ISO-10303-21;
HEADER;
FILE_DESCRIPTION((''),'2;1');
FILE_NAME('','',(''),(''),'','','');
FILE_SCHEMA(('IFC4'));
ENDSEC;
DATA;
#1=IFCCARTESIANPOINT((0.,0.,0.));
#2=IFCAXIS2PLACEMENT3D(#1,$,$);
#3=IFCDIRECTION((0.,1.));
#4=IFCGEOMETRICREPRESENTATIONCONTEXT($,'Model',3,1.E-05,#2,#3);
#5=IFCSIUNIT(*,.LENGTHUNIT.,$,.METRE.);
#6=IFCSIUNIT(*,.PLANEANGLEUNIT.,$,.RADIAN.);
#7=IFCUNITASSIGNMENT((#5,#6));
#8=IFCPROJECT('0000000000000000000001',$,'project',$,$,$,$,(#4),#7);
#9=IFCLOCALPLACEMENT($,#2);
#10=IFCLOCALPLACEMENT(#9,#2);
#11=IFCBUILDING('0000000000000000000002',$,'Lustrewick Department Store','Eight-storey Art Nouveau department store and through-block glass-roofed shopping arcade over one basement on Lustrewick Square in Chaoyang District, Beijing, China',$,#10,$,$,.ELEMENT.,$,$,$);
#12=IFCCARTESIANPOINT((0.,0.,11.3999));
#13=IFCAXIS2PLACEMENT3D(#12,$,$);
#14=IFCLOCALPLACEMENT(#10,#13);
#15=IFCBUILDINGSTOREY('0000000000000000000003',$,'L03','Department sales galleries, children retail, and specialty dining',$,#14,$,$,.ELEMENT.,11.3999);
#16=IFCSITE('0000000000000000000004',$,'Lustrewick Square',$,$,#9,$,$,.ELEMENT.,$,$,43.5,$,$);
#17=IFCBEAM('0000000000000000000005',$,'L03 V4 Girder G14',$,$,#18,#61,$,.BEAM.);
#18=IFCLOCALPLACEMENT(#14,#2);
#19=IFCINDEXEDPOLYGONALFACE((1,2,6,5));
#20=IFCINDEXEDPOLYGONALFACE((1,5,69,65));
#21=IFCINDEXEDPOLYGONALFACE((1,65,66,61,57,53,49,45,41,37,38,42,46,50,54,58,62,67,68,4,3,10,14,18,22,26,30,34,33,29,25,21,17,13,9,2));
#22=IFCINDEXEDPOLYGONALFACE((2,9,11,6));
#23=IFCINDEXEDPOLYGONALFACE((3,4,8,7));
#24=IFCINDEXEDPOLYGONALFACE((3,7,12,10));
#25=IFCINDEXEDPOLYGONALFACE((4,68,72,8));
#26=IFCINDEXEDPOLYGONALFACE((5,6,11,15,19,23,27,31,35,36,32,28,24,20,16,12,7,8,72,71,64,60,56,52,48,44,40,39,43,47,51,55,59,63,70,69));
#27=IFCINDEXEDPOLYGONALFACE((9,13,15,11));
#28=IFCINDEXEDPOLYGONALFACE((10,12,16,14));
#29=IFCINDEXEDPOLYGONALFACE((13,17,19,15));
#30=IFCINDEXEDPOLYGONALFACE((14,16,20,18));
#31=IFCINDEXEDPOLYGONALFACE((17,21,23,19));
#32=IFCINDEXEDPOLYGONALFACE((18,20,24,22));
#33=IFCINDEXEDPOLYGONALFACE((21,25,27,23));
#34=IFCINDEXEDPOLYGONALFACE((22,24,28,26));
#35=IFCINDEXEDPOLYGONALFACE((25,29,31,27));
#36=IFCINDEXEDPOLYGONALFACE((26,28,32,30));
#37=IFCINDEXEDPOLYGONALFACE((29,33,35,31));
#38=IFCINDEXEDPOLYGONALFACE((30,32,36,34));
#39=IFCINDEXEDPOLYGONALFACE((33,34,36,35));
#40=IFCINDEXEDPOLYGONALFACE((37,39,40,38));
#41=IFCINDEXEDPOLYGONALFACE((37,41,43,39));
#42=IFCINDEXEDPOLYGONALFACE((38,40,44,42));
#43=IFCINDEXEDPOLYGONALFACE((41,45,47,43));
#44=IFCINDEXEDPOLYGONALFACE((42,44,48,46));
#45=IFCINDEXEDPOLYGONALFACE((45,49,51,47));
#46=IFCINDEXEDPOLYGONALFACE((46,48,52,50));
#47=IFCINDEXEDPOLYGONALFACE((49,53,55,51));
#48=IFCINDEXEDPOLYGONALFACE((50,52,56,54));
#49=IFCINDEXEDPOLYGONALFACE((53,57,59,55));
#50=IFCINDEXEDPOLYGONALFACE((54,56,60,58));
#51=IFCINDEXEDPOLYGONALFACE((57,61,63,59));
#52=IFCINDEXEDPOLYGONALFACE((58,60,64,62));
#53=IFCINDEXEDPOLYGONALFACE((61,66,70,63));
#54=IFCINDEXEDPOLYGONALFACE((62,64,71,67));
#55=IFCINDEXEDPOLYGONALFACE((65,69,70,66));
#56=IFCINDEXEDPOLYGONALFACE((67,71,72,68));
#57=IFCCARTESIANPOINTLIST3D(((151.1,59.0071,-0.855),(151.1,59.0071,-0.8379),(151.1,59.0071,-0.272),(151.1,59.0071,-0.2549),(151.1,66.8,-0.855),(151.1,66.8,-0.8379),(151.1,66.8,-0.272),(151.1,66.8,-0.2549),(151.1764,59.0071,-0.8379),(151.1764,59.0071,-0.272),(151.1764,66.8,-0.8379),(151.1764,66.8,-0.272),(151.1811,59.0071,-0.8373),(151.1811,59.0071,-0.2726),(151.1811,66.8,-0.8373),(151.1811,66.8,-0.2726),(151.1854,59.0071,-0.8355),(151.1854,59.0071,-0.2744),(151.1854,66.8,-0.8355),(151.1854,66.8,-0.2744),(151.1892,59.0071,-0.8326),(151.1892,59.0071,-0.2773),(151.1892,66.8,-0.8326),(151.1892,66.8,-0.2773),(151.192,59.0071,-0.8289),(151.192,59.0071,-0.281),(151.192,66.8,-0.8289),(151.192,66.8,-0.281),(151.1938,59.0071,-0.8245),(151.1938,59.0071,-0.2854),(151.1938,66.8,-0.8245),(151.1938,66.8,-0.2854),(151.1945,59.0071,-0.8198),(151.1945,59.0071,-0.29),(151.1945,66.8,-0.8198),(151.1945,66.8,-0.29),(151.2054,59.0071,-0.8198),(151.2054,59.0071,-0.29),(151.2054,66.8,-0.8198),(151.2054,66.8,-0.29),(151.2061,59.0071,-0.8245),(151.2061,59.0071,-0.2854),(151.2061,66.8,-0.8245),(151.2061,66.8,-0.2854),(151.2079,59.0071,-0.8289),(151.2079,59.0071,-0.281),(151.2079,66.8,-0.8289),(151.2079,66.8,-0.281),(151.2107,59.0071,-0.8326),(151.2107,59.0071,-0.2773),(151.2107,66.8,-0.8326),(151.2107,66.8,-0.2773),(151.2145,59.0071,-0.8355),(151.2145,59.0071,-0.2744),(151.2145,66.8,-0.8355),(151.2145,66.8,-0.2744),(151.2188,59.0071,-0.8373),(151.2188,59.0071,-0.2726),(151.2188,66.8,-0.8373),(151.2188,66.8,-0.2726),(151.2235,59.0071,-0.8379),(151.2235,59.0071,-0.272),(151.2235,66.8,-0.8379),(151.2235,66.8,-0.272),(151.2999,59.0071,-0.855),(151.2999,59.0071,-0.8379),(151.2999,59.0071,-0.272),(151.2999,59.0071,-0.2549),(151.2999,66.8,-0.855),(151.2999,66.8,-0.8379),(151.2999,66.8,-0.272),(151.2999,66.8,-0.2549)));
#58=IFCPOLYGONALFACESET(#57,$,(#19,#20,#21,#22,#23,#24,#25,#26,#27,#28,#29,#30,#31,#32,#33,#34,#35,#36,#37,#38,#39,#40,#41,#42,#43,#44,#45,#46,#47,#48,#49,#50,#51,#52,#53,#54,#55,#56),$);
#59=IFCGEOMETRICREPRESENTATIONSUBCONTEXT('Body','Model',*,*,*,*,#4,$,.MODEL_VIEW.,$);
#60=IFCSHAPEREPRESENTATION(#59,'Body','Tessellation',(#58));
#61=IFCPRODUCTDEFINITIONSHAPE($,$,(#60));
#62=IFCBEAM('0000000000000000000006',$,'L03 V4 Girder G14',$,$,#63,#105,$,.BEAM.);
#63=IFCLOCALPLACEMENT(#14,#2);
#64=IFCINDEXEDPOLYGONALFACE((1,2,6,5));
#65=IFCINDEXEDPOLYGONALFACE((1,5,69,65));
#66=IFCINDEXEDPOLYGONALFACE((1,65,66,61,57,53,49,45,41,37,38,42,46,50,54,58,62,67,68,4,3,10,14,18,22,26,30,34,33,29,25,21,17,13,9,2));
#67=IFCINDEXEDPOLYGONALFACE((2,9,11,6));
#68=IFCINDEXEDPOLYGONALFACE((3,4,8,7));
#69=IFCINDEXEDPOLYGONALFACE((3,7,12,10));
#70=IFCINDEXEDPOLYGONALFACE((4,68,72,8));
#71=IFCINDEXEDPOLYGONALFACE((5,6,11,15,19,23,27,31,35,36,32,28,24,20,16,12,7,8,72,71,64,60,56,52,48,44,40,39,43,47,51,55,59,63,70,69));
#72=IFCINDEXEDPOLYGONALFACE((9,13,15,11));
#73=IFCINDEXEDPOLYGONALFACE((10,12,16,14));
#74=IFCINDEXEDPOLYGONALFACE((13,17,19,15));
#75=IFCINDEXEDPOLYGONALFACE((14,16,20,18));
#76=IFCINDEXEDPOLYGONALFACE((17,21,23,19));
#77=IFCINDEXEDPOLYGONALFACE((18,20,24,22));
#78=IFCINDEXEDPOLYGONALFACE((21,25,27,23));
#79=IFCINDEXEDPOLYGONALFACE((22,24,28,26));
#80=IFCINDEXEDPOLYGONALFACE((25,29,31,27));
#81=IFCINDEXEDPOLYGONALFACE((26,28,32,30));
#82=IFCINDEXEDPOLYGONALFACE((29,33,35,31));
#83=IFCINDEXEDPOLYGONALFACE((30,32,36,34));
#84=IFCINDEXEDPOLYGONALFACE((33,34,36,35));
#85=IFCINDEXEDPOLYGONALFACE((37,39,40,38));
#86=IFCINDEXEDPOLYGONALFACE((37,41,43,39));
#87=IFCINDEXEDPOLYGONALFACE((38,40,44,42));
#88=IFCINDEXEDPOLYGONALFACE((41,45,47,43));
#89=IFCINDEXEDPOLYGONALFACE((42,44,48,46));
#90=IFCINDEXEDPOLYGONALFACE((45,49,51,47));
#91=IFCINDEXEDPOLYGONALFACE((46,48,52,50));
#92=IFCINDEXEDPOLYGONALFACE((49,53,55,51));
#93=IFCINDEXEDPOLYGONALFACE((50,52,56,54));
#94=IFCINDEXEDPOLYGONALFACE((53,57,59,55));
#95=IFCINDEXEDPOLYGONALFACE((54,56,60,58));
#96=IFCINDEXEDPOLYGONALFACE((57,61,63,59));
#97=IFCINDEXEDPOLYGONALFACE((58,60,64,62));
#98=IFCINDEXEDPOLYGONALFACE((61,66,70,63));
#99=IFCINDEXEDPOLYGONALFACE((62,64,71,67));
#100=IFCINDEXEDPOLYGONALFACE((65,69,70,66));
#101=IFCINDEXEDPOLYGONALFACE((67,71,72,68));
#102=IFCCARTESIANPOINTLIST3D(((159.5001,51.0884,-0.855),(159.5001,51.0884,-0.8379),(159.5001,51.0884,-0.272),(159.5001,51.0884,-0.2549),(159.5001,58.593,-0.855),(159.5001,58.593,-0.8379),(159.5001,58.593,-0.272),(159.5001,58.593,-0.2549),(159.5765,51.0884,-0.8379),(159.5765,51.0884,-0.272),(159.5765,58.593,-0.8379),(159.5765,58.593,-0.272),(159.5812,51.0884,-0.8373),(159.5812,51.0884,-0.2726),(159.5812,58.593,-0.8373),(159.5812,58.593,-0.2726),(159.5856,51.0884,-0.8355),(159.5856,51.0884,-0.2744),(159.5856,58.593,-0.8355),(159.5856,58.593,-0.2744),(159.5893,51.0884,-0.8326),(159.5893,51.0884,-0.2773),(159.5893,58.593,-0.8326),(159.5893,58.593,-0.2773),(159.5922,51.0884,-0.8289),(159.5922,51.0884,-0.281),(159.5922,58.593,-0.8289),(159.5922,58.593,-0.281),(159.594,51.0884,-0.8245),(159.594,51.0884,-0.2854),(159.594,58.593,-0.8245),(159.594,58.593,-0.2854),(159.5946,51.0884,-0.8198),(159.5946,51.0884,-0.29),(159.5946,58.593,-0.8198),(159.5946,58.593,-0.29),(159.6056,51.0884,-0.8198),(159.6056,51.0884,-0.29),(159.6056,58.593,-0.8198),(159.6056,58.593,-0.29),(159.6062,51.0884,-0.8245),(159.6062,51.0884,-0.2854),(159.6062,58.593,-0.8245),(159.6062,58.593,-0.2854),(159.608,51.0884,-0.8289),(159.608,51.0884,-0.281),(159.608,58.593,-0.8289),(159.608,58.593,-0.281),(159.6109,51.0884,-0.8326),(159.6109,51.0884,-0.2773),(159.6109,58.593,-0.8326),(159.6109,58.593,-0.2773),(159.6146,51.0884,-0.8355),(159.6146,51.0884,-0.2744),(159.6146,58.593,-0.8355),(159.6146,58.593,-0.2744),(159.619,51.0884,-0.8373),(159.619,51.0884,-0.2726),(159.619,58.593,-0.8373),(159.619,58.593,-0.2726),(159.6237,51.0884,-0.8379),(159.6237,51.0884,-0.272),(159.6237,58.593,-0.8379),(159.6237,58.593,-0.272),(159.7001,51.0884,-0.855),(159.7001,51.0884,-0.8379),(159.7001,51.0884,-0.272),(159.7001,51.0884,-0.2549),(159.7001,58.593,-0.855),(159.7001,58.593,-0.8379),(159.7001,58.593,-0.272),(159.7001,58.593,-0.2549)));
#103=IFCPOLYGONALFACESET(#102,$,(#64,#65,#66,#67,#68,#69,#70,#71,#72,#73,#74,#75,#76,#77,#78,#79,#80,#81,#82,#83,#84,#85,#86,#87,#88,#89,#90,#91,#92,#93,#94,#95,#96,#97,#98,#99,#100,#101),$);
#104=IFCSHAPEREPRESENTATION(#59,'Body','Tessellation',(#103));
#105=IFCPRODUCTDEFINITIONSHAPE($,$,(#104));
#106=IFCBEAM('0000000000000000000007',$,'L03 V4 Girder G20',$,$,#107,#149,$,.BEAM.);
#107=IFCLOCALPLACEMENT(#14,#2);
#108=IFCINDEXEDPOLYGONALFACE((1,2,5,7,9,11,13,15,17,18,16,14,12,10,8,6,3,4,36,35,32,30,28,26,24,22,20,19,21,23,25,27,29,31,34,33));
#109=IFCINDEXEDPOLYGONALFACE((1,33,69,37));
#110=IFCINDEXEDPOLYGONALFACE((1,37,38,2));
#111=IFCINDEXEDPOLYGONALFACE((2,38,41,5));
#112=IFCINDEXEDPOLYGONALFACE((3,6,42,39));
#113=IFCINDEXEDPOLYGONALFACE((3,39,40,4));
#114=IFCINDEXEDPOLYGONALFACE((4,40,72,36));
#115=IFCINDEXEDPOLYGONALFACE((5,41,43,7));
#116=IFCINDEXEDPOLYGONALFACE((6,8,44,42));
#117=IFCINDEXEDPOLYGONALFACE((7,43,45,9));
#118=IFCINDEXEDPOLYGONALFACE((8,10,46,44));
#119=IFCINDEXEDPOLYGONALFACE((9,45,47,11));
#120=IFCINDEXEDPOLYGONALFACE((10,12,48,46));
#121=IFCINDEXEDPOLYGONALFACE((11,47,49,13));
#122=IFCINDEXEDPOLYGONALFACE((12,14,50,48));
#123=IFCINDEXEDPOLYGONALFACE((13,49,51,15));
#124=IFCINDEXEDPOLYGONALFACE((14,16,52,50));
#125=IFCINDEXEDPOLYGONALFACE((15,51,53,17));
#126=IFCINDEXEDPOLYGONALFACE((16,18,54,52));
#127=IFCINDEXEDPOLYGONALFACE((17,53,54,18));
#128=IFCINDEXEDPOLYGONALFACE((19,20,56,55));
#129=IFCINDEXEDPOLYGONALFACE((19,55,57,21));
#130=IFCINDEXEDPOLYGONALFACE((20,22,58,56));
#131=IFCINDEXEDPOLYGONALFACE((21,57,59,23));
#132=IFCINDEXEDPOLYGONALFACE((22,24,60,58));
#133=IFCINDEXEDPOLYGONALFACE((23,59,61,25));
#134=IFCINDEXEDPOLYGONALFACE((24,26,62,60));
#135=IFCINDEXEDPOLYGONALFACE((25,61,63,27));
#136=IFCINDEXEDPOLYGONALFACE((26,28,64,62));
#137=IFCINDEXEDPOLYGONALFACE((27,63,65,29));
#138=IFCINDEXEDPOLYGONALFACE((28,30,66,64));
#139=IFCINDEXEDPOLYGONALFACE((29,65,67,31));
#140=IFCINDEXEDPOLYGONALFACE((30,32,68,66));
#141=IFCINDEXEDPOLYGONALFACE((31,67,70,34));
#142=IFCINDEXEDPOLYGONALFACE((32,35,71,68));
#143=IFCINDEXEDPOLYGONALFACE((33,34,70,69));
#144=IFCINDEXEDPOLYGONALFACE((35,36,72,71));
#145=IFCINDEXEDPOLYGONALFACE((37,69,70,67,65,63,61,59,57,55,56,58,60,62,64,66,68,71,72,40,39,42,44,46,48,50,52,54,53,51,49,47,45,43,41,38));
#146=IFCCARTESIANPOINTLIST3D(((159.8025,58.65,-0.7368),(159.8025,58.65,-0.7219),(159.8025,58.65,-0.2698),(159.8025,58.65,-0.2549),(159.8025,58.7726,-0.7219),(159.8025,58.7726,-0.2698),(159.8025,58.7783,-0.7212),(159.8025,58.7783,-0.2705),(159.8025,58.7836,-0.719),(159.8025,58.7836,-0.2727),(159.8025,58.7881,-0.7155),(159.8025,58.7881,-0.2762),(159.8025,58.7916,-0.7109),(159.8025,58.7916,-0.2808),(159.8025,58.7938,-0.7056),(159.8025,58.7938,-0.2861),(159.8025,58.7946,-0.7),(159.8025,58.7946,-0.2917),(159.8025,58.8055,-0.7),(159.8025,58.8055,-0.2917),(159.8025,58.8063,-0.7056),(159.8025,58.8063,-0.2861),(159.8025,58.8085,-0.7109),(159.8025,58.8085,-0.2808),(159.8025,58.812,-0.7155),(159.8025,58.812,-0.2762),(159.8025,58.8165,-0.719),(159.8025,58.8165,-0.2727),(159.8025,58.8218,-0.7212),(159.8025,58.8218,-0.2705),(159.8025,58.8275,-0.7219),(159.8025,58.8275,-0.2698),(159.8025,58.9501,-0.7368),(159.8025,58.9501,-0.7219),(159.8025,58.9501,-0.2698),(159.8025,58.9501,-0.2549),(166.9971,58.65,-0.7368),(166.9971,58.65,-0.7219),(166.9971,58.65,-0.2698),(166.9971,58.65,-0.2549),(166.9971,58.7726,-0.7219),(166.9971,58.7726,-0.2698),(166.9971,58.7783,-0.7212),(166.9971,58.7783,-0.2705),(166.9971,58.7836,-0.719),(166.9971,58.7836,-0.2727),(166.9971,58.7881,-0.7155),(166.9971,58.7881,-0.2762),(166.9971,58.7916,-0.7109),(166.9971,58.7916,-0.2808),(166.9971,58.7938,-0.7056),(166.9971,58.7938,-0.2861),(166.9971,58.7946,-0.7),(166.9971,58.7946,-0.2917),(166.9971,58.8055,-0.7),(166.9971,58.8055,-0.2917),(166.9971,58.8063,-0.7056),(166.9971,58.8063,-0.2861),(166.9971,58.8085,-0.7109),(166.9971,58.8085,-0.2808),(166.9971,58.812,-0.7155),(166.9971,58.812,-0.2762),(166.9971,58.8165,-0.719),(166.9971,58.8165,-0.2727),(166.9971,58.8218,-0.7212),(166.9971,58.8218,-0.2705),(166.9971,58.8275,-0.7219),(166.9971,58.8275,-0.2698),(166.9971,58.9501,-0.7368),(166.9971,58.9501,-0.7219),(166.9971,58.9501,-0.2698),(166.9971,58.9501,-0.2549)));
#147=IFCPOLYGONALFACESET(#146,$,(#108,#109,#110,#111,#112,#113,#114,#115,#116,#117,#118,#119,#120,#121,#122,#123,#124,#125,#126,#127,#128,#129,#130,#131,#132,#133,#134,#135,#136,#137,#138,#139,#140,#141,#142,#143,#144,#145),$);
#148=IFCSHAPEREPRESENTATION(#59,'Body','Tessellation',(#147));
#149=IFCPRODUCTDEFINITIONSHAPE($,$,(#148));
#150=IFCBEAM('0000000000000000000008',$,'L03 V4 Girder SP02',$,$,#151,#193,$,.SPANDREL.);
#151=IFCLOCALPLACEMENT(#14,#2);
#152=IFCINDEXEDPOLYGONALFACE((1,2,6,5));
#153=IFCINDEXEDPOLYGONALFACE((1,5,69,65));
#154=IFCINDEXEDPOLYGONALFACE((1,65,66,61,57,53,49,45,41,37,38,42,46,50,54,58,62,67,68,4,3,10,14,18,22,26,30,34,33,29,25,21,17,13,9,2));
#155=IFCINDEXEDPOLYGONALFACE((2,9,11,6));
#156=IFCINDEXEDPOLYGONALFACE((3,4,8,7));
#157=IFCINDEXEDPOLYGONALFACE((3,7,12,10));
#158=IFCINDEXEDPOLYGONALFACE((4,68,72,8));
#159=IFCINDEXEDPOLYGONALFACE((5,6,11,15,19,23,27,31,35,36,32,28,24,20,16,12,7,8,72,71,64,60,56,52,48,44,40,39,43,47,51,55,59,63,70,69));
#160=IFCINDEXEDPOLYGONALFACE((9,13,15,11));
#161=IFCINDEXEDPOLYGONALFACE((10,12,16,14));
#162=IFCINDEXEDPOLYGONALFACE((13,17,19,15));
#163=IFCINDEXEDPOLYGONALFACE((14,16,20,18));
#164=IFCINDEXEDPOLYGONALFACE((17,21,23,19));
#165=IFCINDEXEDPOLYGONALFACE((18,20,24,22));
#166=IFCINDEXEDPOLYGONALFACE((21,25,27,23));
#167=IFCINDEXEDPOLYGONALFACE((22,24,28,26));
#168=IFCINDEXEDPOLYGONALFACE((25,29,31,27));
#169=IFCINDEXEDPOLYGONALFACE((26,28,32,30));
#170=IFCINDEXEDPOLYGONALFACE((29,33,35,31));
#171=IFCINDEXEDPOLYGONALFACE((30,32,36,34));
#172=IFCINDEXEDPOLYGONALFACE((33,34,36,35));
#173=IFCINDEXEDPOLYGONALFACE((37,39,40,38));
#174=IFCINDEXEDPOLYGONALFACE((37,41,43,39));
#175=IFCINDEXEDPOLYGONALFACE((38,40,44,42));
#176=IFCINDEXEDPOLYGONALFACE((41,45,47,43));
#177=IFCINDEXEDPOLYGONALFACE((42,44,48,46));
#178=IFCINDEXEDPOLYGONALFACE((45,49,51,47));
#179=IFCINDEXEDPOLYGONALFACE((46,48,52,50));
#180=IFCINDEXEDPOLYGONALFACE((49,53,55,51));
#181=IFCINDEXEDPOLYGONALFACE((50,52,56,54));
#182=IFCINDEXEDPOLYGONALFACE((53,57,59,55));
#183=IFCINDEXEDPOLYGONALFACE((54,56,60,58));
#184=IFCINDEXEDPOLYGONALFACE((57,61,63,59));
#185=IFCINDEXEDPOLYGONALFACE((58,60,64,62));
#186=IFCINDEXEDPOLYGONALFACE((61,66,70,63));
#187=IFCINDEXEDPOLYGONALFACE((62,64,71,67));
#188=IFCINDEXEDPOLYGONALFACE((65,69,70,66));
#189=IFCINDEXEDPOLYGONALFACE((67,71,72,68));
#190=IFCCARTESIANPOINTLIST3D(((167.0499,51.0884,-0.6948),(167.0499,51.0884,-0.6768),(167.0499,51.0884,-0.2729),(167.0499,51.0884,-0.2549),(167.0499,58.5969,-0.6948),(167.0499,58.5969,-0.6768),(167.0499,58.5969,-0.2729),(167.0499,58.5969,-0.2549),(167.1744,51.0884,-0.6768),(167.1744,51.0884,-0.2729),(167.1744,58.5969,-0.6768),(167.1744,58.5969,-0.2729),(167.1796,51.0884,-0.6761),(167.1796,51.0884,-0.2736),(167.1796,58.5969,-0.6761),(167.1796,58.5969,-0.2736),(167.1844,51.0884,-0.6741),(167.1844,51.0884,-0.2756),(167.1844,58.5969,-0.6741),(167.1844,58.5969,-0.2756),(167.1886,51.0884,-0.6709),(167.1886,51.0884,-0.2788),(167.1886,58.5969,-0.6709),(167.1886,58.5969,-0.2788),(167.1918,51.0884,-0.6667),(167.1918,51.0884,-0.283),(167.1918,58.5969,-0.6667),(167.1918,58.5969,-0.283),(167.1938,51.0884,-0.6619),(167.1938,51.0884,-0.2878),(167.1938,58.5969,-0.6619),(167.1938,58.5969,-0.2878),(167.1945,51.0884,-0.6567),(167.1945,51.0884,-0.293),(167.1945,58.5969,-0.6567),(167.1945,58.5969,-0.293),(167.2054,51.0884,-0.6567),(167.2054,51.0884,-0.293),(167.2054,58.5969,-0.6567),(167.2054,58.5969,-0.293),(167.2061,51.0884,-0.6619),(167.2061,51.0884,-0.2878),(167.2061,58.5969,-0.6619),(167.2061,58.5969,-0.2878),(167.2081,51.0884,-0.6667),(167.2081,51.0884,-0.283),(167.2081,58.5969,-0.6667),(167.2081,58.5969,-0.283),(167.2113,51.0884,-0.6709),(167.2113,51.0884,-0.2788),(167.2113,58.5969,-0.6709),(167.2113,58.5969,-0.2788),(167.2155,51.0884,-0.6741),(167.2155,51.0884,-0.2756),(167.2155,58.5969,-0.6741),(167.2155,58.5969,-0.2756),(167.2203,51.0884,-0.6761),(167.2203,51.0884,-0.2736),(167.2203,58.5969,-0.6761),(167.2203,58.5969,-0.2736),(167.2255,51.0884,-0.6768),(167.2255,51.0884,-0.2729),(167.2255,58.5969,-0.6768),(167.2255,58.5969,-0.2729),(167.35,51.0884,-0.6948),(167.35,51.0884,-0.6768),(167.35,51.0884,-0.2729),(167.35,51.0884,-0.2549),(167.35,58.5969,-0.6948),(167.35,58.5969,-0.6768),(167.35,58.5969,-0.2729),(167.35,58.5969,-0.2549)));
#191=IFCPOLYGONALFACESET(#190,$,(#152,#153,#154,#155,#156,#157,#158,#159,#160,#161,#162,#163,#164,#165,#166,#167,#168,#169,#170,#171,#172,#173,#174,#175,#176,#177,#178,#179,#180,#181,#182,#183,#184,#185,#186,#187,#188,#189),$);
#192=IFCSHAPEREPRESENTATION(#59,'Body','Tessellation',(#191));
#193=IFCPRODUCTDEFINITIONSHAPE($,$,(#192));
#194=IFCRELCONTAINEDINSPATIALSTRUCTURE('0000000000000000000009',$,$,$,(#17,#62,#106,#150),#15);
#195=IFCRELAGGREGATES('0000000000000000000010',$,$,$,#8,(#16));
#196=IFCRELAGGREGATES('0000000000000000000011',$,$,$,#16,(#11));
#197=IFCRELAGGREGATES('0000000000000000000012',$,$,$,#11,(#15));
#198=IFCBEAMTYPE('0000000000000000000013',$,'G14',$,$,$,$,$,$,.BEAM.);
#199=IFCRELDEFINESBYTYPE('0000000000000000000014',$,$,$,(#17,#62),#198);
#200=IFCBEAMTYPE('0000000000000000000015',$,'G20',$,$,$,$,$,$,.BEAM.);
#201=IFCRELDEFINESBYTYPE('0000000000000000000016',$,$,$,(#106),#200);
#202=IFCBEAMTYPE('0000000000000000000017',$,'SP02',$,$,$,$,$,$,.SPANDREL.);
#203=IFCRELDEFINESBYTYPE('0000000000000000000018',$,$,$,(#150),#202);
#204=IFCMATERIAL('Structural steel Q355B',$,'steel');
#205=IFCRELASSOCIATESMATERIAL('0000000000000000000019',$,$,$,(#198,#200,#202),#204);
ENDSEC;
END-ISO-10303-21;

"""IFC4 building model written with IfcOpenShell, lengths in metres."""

from ifc_helpers import new_model, si_unit, direction, frame, origin, origin_2d, place, context, subcontext, project, spatial, i_section, extrude, material, material_profile, profile_set, type_object, element, save


model = new_model("IFC4")

# Units and contexts
model_context = context("Model", 3, precision=1e-05, world=origin(), true_north=direction((0.0, 1.0)))
body_context = subcontext(model_context, "Body", "Model", "MODEL_VIEW")
ifc_project = project(units=[si_unit("LENGTHUNIT", "METRE"), si_unit("PLANEANGLEUNIT", "RADIAN")], contexts=[model_context])

# Site, building, storey
site_placement = place(None, origin())
site = spatial("IfcSite", under=ifc_project, at=site_placement, Name="Lustrewick Square", CompositionType="ELEMENT", RefElevation=43.5)
building_placement = place(site_placement, origin())
building = spatial("IfcBuilding", under=site, at=building_placement, Name="Lustrewick Department Store", Description="Eight-storey Art Nouveau department store and through-block glass-roofed shopping arcade over one basement on Lustrewick Square in Chaoyang District, Beijing, China", CompositionType="ELEMENT")
storey_placement = place(building_placement, frame((0.0, 0.0, 11.3999)))
storey = spatial("IfcBuildingStorey", under=building, at=storey_placement, Name="L03", Description="Department sales galleries, children retail, and specialty dining", CompositionType="ELEMENT", Elevation=11.3999)

# Shared definitions
ifc_material_1 = material(Name="Structural steel Q355B", Category="steel")

# Beams
ifc_material_profile_1 = material_profile(ifc_material_1, i_section(OverallWidth=0.2, OverallDepth=0.6001, WebThickness=0.011, FlangeThickness=0.0171, FilletRadius=0.0181, at=origin_2d()), Name="HN 600x200x11x17")
ifc_profile_set_1 = profile_set([ifc_material_profile_1], Name="Structural steel Q355B")
beam_type_1 = type_object("IfcBeamType", Name="G14", PredefinedType="BEAM", material=ifc_profile_set_1)
beam_1_placement = place(storey_placement, frame((151.2, 59.0071, -0.5549), z_axis=(0.0, 1.0, 0.0), x_axis=(-1.0, 0.0, 0.0)))
element("IfcBeam", 1, at=beam_1_placement, inside=storey, type_object=beam_type_1, Name="L03 V4 Girder G14", PredefinedType="BEAM", context=body_context, shape_type="SweptSolid", body=[
    extrude(i_section(OverallWidth=0.2, OverallDepth=0.6001, WebThickness=0.011, FlangeThickness=0.0171, FilletRadius=0.0181, at=origin_2d()), origin(), (0.0, 0.0, 1.0), 7.793),
])
beam_2_placement = place(storey_placement, frame((159.6001, 51.0884, -0.5549), z_axis=(0.0, 1.0, 0.0), x_axis=(-1.0, 0.0, 0.0)))
element("IfcBeam", 2, at=beam_2_placement, inside=storey, type_object=beam_type_1, Name="L03 V4 Girder G14", PredefinedType="BEAM", context=body_context, shape_type="SweptSolid", body=[
    extrude(i_section(OverallWidth=0.2, OverallDepth=0.6001, WebThickness=0.011, FlangeThickness=0.0171, FilletRadius=0.0181, at=origin_2d()), origin(), (0.0, 0.0, 1.0), 7.5046),
])
ifc_material_profile_2 = material_profile(ifc_material_1, i_section(OverallWidth=0.3, OverallDepth=0.4819, WebThickness=0.011, FlangeThickness=0.0149, FilletRadius=0.022, at=origin_2d()), Name="HM 482x300x11x15")
ifc_profile_set_2 = profile_set([ifc_material_profile_2], Name="Structural steel Q355B")
beam_type_2 = type_object("IfcBeamType", Name="G20", PredefinedType="BEAM", material=ifc_profile_set_2)
beam_3_placement = place(storey_placement, frame((159.8025, 58.8, -0.4958), z_axis=(1.0, 0.0, 0.0), x_axis=(0.0, 1.0, 0.0)))
element("IfcBeam", 3, at=beam_3_placement, inside=storey, type_object=beam_type_2, Name="L03 V4 Girder G20", PredefinedType="BEAM", context=body_context, shape_type="SweptSolid", body=[
    extrude(i_section(OverallWidth=0.3, OverallDepth=0.4819, WebThickness=0.011, FlangeThickness=0.0149, FilletRadius=0.022, at=origin_2d()), origin(), (0.0, 0.0, 1.0), 7.1946),
])
ifc_material_profile_3 = material_profile(ifc_material_1, i_section(OverallWidth=0.3, OverallDepth=0.4399, WebThickness=0.011, FlangeThickness=0.0181, FilletRadius=0.02, at=origin_2d()), Name="HM 440x300x11x18")
ifc_profile_set_3 = profile_set([ifc_material_profile_3], Name="Structural steel Q355B")
beam_type_3 = type_object("IfcBeamType", Name="SP02", PredefinedType="SPANDREL", material=ifc_profile_set_3)
beam_4_placement = place(storey_placement, frame((167.2, 51.0884, -0.4749), z_axis=(0.0, 1.0, 0.0), x_axis=(-1.0, 0.0, 0.0)))
element("IfcBeam", 4, at=beam_4_placement, inside=storey, type_object=beam_type_3, Name="L03 V4 Girder SP02", PredefinedType="SPANDREL", context=body_context, shape_type="SweptSolid", body=[
    extrude(i_section(OverallWidth=0.3, OverallDepth=0.4399, WebThickness=0.011, FlangeThickness=0.0181, FilletRadius=0.02, at=origin_2d()), origin(), (0.0, 0.0, 1.0), 7.5085),
])

save(model, "model.ifc")
